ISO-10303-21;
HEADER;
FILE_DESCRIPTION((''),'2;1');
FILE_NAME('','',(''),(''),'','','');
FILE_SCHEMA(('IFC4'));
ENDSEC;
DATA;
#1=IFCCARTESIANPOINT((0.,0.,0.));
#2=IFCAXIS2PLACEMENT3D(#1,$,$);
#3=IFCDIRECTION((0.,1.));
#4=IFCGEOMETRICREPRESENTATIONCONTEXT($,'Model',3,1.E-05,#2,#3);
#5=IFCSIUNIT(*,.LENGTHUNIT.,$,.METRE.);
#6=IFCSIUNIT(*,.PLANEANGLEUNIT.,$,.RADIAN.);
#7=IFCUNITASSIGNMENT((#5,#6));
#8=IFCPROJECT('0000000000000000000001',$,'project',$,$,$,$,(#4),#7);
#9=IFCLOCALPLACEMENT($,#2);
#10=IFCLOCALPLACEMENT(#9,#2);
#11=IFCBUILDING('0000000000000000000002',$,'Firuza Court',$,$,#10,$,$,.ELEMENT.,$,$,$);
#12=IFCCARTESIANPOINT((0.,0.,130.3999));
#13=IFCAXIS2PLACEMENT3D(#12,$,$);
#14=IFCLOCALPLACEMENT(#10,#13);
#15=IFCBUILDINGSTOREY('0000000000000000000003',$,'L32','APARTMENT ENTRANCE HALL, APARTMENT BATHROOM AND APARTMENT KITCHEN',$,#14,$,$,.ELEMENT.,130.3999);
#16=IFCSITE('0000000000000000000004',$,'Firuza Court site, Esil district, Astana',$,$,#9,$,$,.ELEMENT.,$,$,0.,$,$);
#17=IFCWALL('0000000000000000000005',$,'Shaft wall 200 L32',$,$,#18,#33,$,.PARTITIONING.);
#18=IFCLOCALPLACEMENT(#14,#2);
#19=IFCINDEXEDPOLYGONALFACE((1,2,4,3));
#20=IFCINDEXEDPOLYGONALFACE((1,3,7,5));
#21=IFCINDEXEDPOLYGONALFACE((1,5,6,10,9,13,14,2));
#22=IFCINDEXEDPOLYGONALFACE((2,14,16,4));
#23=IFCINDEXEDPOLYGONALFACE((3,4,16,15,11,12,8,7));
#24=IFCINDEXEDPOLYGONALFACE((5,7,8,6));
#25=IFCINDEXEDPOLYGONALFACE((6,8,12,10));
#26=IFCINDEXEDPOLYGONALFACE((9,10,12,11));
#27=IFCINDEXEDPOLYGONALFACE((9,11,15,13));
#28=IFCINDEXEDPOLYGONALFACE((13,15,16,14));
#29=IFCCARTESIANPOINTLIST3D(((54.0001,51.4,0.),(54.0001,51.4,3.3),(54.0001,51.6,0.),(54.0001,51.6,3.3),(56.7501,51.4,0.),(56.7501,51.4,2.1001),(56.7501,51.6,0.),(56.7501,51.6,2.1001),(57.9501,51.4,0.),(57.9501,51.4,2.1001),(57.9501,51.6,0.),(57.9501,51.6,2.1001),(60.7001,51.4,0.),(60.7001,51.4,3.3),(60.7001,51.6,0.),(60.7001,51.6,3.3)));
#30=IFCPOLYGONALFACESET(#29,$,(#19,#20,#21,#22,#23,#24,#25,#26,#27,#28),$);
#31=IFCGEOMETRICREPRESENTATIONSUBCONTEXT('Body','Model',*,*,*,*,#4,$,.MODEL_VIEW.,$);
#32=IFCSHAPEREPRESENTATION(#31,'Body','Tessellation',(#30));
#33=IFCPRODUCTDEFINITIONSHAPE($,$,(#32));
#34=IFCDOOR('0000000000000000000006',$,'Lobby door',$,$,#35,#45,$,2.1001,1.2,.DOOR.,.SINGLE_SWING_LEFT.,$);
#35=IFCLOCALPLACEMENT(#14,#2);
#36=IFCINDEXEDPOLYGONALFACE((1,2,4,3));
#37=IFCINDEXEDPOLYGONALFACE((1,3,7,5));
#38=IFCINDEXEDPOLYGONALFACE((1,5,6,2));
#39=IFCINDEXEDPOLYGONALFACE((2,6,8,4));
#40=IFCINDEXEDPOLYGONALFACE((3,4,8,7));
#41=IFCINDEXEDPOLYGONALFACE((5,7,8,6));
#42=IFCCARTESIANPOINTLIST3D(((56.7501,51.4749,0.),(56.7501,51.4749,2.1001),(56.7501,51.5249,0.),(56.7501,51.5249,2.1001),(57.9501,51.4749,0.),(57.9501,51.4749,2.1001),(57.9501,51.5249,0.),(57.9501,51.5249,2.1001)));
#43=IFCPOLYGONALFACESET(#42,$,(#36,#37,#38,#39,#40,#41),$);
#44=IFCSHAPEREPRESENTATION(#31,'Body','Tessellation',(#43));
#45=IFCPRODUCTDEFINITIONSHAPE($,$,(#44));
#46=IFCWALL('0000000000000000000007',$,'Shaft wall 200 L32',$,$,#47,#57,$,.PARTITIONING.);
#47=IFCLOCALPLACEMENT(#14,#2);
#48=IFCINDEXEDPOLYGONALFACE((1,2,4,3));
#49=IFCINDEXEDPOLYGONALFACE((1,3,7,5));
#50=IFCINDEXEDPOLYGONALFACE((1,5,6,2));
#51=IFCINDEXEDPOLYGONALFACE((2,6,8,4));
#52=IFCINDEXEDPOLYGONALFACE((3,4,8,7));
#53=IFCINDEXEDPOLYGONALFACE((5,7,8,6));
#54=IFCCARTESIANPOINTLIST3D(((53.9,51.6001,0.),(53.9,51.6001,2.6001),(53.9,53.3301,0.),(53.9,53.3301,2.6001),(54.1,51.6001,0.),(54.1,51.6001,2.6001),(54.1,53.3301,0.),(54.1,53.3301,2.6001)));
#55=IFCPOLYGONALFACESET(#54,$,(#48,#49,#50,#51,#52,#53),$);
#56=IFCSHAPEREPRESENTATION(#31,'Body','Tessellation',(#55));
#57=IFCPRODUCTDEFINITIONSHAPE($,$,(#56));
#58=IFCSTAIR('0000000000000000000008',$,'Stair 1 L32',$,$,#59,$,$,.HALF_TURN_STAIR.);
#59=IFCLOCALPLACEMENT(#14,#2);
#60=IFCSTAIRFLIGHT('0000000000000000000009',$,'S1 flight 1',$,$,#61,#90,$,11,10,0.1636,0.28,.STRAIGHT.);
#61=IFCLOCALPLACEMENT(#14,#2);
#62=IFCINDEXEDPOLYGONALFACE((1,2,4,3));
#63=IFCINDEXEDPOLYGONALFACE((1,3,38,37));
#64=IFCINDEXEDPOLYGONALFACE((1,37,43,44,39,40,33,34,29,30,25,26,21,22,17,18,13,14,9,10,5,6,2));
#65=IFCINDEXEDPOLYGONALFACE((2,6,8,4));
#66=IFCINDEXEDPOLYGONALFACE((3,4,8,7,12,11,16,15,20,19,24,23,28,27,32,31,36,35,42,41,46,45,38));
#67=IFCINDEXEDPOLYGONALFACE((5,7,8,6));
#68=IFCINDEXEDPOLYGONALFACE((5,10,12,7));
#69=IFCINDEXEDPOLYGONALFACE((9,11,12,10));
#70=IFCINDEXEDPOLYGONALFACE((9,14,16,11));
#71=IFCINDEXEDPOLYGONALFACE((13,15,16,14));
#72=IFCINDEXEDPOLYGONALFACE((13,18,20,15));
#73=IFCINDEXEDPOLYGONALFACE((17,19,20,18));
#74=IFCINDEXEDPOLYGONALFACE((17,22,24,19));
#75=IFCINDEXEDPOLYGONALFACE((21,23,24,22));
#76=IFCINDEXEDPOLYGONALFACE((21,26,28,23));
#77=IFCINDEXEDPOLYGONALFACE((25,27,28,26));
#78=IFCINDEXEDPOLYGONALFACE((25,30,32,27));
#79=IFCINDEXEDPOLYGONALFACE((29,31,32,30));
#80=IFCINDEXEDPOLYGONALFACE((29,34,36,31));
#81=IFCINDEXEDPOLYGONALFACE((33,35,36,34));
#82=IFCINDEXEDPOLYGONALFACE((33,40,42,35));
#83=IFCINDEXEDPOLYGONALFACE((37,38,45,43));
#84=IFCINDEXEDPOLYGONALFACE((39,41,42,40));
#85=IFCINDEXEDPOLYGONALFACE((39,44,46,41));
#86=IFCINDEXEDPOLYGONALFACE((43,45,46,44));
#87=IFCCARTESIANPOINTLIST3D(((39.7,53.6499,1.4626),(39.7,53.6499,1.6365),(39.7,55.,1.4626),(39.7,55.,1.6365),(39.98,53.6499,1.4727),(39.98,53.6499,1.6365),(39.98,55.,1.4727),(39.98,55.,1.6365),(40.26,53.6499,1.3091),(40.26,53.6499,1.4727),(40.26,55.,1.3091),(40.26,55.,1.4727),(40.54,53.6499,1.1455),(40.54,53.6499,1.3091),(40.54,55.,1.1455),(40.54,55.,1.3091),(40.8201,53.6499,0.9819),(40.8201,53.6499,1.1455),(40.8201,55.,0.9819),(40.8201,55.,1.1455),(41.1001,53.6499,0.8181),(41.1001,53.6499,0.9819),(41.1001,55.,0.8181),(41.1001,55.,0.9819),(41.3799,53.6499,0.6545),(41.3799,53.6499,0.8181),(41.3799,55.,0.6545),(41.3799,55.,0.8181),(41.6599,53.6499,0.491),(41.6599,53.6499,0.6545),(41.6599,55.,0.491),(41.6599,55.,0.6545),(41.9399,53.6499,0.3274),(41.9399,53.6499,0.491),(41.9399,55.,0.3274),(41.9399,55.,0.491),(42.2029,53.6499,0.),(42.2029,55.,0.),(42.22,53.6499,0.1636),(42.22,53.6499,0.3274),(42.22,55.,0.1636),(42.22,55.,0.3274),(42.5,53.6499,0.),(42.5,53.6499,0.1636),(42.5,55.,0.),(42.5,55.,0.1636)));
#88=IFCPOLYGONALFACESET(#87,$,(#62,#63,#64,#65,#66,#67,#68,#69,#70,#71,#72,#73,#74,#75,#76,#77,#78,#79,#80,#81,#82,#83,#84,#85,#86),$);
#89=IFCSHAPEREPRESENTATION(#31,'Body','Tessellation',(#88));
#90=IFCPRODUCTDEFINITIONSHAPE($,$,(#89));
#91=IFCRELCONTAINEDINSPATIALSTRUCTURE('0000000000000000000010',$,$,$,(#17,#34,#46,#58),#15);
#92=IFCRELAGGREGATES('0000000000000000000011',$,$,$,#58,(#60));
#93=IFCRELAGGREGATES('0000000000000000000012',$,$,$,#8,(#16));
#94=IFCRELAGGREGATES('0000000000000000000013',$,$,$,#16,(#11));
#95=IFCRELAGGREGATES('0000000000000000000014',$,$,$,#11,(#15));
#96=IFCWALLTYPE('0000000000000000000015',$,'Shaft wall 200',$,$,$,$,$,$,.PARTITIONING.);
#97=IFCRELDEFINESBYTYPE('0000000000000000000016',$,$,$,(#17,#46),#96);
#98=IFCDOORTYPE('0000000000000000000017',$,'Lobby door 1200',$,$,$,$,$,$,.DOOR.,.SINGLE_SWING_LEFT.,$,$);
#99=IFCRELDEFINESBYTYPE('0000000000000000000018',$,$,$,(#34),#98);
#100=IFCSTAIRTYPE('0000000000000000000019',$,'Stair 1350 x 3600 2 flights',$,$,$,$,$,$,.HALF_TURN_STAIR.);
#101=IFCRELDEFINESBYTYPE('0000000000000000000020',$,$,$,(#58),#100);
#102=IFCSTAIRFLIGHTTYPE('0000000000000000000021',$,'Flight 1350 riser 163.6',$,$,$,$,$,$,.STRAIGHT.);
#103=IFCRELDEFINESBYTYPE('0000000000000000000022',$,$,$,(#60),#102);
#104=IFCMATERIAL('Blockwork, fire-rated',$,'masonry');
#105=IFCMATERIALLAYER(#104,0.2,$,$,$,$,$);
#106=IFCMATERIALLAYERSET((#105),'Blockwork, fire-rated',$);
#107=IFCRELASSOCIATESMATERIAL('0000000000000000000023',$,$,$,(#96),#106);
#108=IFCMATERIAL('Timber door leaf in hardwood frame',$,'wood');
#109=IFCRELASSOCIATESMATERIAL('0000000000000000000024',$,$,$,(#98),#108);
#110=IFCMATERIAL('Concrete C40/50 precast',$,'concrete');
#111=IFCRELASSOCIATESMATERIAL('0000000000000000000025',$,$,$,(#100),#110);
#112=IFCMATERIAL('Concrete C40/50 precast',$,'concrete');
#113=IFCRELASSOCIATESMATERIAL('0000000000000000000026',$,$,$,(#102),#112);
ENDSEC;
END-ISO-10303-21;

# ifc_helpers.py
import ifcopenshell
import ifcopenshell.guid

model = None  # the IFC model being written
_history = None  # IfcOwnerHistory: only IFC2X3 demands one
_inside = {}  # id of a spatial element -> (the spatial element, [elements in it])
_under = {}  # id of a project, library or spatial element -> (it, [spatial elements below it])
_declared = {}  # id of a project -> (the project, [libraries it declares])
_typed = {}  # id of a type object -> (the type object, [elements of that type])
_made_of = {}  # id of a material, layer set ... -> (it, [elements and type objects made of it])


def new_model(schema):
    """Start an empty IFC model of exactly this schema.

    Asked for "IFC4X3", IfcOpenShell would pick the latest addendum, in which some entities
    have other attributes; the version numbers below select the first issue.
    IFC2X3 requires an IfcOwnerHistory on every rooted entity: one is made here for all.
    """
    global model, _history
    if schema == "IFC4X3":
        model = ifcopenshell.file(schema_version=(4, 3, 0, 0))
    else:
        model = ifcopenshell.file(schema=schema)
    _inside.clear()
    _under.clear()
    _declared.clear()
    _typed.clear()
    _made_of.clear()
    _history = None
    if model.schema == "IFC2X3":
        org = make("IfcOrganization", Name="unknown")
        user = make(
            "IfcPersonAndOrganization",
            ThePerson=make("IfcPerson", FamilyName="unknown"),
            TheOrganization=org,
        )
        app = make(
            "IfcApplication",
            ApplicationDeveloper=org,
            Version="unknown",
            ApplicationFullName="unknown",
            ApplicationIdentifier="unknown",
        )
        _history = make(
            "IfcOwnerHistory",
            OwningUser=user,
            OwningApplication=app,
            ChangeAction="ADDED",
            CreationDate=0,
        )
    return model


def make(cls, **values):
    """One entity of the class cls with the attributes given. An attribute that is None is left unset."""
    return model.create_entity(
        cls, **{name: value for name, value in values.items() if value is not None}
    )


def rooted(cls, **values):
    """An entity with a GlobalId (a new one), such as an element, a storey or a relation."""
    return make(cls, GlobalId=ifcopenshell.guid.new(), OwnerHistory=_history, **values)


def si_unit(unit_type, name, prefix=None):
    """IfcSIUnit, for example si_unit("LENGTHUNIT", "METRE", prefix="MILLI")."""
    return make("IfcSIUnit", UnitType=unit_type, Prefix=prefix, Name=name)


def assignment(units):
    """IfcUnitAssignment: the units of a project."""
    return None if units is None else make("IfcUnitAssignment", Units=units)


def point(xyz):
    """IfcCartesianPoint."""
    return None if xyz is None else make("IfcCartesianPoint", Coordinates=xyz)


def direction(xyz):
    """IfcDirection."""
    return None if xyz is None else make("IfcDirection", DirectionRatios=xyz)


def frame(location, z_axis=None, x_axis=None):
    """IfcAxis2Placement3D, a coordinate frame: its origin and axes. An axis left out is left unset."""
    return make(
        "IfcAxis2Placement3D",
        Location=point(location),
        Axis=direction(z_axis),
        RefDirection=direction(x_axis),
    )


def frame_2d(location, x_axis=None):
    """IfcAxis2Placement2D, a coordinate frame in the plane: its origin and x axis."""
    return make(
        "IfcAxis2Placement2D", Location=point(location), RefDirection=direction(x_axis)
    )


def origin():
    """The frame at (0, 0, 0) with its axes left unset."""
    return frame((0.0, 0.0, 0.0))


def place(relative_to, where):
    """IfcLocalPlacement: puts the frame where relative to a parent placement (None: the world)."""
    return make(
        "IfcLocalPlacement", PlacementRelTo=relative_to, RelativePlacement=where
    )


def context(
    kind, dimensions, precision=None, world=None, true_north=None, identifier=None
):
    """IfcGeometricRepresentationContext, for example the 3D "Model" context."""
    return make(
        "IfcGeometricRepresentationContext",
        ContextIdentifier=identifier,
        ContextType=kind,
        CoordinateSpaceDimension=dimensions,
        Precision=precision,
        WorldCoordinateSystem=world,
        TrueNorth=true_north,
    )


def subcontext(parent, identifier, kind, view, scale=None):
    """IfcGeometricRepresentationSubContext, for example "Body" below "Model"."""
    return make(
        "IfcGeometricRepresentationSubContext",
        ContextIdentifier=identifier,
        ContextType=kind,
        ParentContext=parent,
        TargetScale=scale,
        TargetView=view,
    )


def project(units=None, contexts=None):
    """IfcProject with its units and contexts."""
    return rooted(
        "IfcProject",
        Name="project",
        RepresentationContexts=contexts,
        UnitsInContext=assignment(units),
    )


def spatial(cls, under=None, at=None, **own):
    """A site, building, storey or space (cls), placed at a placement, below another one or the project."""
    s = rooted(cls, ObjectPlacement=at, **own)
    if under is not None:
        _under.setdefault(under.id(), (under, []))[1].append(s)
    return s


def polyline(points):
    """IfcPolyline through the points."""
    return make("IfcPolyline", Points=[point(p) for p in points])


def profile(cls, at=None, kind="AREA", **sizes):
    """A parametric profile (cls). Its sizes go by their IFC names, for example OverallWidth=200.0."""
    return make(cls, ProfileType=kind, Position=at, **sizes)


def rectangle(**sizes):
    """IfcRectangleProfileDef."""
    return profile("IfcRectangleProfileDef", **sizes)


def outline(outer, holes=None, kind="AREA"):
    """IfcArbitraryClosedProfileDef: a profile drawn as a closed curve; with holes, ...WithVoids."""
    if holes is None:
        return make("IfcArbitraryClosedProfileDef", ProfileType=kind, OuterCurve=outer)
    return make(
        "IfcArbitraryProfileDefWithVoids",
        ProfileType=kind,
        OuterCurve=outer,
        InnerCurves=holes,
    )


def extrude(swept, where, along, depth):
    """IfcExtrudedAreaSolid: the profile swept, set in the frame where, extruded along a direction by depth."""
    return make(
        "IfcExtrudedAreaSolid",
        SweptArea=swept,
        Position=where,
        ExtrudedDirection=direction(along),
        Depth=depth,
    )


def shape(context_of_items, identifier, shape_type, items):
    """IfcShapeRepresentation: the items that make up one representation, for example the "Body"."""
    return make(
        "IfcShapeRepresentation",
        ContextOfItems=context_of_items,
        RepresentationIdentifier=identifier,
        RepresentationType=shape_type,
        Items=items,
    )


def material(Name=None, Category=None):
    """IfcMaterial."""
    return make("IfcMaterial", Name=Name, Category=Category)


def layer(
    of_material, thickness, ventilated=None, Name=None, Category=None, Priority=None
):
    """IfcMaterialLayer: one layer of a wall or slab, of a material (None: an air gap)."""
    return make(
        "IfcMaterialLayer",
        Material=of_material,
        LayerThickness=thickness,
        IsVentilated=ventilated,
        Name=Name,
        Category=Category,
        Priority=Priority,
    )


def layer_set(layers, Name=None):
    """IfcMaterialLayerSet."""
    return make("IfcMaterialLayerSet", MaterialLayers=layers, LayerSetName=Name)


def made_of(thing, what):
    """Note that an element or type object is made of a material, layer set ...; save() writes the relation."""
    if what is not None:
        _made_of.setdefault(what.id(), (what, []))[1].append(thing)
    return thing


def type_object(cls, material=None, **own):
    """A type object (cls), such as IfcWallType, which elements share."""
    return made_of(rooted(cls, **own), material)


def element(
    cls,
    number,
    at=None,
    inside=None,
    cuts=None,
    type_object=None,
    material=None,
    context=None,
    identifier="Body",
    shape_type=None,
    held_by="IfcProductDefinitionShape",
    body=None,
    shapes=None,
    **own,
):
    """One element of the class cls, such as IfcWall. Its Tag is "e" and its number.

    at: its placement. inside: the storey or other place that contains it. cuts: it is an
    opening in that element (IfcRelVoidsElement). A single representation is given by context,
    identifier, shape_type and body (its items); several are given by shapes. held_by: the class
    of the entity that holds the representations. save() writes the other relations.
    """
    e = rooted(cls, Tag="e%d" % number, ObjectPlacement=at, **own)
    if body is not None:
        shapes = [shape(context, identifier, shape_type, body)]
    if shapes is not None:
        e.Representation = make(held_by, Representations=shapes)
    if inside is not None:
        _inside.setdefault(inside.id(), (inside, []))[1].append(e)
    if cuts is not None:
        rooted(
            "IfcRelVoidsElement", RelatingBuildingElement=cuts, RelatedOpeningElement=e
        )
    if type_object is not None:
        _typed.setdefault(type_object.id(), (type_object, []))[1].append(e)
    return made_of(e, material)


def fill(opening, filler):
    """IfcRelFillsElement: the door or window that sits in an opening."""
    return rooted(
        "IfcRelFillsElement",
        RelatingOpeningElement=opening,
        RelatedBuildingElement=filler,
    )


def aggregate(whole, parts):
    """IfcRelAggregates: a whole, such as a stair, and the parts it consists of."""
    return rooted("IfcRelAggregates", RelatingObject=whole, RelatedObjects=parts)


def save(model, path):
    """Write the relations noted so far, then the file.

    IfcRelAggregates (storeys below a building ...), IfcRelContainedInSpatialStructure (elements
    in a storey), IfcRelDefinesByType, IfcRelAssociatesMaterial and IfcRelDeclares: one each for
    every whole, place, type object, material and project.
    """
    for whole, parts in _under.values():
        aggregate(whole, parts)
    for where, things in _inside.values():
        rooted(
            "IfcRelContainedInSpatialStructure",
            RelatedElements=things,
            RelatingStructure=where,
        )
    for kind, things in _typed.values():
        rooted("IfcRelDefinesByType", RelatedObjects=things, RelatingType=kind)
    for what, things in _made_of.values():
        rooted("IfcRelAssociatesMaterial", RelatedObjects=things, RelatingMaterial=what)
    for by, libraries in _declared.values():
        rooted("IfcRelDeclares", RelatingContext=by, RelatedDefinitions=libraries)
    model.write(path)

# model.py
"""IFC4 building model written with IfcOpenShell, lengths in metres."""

from ifc_helpers import new_model, si_unit, direction, frame, frame_2d, origin, place, context, subcontext, project, spatial, polyline, rectangle, outline, extrude, material, layer, layer_set, type_object, element, fill, aggregate, save


model = new_model("IFC4")

# Units and contexts
model_context = context("Model", 3, precision=1e-05, world=origin(), true_north=direction((0.0, 1.0)))
body_context = subcontext(model_context, "Body", "Model", "MODEL_VIEW")
ifc_project = project(units=[si_unit("LENGTHUNIT", "METRE"), si_unit("PLANEANGLEUNIT", "RADIAN")], contexts=[model_context])

# Site, building, storey
site_placement = place(None, origin())
site = spatial("IfcSite", under=ifc_project, at=site_placement, Name="Firuza Court site, Esil district, Astana", CompositionType="ELEMENT", RefElevation=0.0)
building_placement = place(site_placement, origin())
building = spatial("IfcBuilding", under=site, at=building_placement, Name="Firuza Court", CompositionType="ELEMENT")
storey_placement = place(building_placement, frame((0.0, 0.0, 130.3999)))
storey = spatial("IfcBuildingStorey", under=building, at=storey_placement, Name="L32", Description="APARTMENT ENTRANCE HALL, APARTMENT BATHROOM AND APARTMENT KITCHEN", CompositionType="ELEMENT", Elevation=130.3999)

# Shared definitions
ifc_material_1 = material(Name="Blockwork, fire-rated", Category="masonry")
ifc_layer_1 = layer(ifc_material_1, 0.2)
ifc_layer_set_1 = layer_set([ifc_layer_1], Name="Blockwork, fire-rated")
wall_type_1 = type_object("IfcWallType", Name="Shaft wall 200", PredefinedType="PARTITIONING", material=ifc_layer_set_1)

# Wall, opening, door
wall_1_placement = place(storey_placement, frame((54.0, 51.5, 0.0), z_axis=(0.0, 0.0, 1.0), x_axis=(1.0, 0.0, 0.0)))
wall_1 = element("IfcWall", 1, at=wall_1_placement, inside=storey, type_object=wall_type_1, Name="Shaft wall 200 L32", PredefinedType="PARTITIONING", context=body_context, shape_type="SweptSolid", body=[
    extrude(rectangle(XDim=6.7, YDim=0.2, at=frame_2d((3.3501, 0.0))), origin(), (0.0, 0.0, 1.0), 3.3),
])
opening_1_placement = place(wall_1_placement, frame((2.75, 0.0, 0.0)))
opening_1 = element("IfcOpeningElement", 2, at=opening_1_placement, cuts=wall_1, PredefinedType="OPENING", context=body_context, shape_type="SweptSolid", body=[
    extrude(rectangle(XDim=1.2, YDim=2.1001, at=frame_2d((0.6001, 1.05))), frame((0.0, 0.1118, 0.0), z_axis=(0.0, -1.0, 0.0), x_axis=(1.0, 0.0, 0.0)), (0.0, 0.0, 1.0), 0.2239),
])
ifc_material_2 = material(Name="Timber door leaf in hardwood frame", Category="wood")
door_type_1 = type_object("IfcDoorType", Name="Lobby door 1200", OperationType="SINGLE_SWING_LEFT", PredefinedType="DOOR", material=ifc_material_2)
door_1_placement = place(opening_1_placement, origin())
door_1 = element("IfcDoor", 3, at=door_1_placement, inside=storey, type_object=door_type_1, Name="Lobby door", OperationType="SINGLE_SWING_LEFT", OverallHeight=2.1001, OverallWidth=1.2, PredefinedType="DOOR", context=body_context, shape_type="SweptSolid", body=[
    extrude(rectangle(XDim=1.2, YDim=2.1001, at=frame_2d((0.6001, 1.05))), frame((0.0, 0.0249, 0.0), z_axis=(0.0, -1.0, 0.0), x_axis=(1.0, 0.0, 0.0)), (0.0, 0.0, 1.0), 0.05),
])
fill(opening_1, door_1)

# Wall
wall_2_placement = place(storey_placement, frame((54.0, 51.6001, 0.0), z_axis=(0.0, 0.0, 1.0), x_axis=(0.0, 1.0, 0.0)))
element("IfcWall", 4, at=wall_2_placement, inside=storey, type_object=wall_type_1, Name="Shaft wall 200 L32", PredefinedType="PARTITIONING", context=body_context, shape_type="SweptSolid", body=[
    extrude(rectangle(XDim=1.73, YDim=0.2, at=frame_2d((0.865, 0.0))), origin(), (0.0, 0.0, 1.0), 2.6001),
])

# Stair, stair flight
ifc_material_3 = material(Name="Concrete C40/50 precast", Category="concrete")
stair_type = type_object("IfcStairType", Name="Stair 1350 x 3600 2 flights", PredefinedType="HALF_TURN_STAIR", material=ifc_material_3)
stair_placement = place(storey_placement, origin())
stair = element("IfcStair", 5, at=stair_placement, inside=storey, type_object=stair_type, Name="Stair 1 L32", PredefinedType="HALF_TURN_STAIR")
ifc_material_4 = material(Name="Concrete C40/50 precast", Category="concrete")
stair_flight_type = type_object("IfcStairFlightType", Name="Flight 1350 riser 163.6", PredefinedType="STRAIGHT", material=ifc_material_4)
stair_flight_placement = place(storey_placement, frame((42.5, 54.325, 0.0), z_axis=(0.0, 0.0, 1.0), x_axis=(-1.0, 0.0, 0.0)))
stair_flight = element("IfcStairFlight", 6, at=stair_flight_placement, type_object=stair_flight_type, Name="S1 flight 1", NumberOfRisers=11, NumberOfTreads=10, PredefinedType="STRAIGHT", RiserHeight=0.1636, TreadLength=0.28, context=body_context, shape_type="SweptSolid", body=[
    extrude(outline(polyline([(0.0, 0.0), (0.0, 0.1636), (0.28, 0.1636), (0.28, 0.3274), (0.5601, 0.3274), (0.5601, 0.491), (0.8401, 0.491), (0.8401, 0.6545), (1.1201, 0.6545), (1.1201, 0.8181), (1.3999, 0.8181), (1.3999, 0.9819), (1.6799, 0.9819), (1.6799, 1.1455), (1.96, 1.1455), (1.96, 1.3091), (2.24, 1.3091), (2.24, 1.4727), (2.52, 1.4727), (2.52, 1.6365), (2.8, 1.6365), (2.8, 1.8), (2.8, 1.4626), (0.2971, 0.0), (0.0, 0.0)])), frame((0.0, 0.675, 0.0), z_axis=(0.0, -1.0, 0.0), x_axis=(1.0, 0.0, 0.0)), (0.0, 0.0, 1.0), 1.3501),
])
aggregate(stair, [stair_flight])

save(model, "model.ifc")
